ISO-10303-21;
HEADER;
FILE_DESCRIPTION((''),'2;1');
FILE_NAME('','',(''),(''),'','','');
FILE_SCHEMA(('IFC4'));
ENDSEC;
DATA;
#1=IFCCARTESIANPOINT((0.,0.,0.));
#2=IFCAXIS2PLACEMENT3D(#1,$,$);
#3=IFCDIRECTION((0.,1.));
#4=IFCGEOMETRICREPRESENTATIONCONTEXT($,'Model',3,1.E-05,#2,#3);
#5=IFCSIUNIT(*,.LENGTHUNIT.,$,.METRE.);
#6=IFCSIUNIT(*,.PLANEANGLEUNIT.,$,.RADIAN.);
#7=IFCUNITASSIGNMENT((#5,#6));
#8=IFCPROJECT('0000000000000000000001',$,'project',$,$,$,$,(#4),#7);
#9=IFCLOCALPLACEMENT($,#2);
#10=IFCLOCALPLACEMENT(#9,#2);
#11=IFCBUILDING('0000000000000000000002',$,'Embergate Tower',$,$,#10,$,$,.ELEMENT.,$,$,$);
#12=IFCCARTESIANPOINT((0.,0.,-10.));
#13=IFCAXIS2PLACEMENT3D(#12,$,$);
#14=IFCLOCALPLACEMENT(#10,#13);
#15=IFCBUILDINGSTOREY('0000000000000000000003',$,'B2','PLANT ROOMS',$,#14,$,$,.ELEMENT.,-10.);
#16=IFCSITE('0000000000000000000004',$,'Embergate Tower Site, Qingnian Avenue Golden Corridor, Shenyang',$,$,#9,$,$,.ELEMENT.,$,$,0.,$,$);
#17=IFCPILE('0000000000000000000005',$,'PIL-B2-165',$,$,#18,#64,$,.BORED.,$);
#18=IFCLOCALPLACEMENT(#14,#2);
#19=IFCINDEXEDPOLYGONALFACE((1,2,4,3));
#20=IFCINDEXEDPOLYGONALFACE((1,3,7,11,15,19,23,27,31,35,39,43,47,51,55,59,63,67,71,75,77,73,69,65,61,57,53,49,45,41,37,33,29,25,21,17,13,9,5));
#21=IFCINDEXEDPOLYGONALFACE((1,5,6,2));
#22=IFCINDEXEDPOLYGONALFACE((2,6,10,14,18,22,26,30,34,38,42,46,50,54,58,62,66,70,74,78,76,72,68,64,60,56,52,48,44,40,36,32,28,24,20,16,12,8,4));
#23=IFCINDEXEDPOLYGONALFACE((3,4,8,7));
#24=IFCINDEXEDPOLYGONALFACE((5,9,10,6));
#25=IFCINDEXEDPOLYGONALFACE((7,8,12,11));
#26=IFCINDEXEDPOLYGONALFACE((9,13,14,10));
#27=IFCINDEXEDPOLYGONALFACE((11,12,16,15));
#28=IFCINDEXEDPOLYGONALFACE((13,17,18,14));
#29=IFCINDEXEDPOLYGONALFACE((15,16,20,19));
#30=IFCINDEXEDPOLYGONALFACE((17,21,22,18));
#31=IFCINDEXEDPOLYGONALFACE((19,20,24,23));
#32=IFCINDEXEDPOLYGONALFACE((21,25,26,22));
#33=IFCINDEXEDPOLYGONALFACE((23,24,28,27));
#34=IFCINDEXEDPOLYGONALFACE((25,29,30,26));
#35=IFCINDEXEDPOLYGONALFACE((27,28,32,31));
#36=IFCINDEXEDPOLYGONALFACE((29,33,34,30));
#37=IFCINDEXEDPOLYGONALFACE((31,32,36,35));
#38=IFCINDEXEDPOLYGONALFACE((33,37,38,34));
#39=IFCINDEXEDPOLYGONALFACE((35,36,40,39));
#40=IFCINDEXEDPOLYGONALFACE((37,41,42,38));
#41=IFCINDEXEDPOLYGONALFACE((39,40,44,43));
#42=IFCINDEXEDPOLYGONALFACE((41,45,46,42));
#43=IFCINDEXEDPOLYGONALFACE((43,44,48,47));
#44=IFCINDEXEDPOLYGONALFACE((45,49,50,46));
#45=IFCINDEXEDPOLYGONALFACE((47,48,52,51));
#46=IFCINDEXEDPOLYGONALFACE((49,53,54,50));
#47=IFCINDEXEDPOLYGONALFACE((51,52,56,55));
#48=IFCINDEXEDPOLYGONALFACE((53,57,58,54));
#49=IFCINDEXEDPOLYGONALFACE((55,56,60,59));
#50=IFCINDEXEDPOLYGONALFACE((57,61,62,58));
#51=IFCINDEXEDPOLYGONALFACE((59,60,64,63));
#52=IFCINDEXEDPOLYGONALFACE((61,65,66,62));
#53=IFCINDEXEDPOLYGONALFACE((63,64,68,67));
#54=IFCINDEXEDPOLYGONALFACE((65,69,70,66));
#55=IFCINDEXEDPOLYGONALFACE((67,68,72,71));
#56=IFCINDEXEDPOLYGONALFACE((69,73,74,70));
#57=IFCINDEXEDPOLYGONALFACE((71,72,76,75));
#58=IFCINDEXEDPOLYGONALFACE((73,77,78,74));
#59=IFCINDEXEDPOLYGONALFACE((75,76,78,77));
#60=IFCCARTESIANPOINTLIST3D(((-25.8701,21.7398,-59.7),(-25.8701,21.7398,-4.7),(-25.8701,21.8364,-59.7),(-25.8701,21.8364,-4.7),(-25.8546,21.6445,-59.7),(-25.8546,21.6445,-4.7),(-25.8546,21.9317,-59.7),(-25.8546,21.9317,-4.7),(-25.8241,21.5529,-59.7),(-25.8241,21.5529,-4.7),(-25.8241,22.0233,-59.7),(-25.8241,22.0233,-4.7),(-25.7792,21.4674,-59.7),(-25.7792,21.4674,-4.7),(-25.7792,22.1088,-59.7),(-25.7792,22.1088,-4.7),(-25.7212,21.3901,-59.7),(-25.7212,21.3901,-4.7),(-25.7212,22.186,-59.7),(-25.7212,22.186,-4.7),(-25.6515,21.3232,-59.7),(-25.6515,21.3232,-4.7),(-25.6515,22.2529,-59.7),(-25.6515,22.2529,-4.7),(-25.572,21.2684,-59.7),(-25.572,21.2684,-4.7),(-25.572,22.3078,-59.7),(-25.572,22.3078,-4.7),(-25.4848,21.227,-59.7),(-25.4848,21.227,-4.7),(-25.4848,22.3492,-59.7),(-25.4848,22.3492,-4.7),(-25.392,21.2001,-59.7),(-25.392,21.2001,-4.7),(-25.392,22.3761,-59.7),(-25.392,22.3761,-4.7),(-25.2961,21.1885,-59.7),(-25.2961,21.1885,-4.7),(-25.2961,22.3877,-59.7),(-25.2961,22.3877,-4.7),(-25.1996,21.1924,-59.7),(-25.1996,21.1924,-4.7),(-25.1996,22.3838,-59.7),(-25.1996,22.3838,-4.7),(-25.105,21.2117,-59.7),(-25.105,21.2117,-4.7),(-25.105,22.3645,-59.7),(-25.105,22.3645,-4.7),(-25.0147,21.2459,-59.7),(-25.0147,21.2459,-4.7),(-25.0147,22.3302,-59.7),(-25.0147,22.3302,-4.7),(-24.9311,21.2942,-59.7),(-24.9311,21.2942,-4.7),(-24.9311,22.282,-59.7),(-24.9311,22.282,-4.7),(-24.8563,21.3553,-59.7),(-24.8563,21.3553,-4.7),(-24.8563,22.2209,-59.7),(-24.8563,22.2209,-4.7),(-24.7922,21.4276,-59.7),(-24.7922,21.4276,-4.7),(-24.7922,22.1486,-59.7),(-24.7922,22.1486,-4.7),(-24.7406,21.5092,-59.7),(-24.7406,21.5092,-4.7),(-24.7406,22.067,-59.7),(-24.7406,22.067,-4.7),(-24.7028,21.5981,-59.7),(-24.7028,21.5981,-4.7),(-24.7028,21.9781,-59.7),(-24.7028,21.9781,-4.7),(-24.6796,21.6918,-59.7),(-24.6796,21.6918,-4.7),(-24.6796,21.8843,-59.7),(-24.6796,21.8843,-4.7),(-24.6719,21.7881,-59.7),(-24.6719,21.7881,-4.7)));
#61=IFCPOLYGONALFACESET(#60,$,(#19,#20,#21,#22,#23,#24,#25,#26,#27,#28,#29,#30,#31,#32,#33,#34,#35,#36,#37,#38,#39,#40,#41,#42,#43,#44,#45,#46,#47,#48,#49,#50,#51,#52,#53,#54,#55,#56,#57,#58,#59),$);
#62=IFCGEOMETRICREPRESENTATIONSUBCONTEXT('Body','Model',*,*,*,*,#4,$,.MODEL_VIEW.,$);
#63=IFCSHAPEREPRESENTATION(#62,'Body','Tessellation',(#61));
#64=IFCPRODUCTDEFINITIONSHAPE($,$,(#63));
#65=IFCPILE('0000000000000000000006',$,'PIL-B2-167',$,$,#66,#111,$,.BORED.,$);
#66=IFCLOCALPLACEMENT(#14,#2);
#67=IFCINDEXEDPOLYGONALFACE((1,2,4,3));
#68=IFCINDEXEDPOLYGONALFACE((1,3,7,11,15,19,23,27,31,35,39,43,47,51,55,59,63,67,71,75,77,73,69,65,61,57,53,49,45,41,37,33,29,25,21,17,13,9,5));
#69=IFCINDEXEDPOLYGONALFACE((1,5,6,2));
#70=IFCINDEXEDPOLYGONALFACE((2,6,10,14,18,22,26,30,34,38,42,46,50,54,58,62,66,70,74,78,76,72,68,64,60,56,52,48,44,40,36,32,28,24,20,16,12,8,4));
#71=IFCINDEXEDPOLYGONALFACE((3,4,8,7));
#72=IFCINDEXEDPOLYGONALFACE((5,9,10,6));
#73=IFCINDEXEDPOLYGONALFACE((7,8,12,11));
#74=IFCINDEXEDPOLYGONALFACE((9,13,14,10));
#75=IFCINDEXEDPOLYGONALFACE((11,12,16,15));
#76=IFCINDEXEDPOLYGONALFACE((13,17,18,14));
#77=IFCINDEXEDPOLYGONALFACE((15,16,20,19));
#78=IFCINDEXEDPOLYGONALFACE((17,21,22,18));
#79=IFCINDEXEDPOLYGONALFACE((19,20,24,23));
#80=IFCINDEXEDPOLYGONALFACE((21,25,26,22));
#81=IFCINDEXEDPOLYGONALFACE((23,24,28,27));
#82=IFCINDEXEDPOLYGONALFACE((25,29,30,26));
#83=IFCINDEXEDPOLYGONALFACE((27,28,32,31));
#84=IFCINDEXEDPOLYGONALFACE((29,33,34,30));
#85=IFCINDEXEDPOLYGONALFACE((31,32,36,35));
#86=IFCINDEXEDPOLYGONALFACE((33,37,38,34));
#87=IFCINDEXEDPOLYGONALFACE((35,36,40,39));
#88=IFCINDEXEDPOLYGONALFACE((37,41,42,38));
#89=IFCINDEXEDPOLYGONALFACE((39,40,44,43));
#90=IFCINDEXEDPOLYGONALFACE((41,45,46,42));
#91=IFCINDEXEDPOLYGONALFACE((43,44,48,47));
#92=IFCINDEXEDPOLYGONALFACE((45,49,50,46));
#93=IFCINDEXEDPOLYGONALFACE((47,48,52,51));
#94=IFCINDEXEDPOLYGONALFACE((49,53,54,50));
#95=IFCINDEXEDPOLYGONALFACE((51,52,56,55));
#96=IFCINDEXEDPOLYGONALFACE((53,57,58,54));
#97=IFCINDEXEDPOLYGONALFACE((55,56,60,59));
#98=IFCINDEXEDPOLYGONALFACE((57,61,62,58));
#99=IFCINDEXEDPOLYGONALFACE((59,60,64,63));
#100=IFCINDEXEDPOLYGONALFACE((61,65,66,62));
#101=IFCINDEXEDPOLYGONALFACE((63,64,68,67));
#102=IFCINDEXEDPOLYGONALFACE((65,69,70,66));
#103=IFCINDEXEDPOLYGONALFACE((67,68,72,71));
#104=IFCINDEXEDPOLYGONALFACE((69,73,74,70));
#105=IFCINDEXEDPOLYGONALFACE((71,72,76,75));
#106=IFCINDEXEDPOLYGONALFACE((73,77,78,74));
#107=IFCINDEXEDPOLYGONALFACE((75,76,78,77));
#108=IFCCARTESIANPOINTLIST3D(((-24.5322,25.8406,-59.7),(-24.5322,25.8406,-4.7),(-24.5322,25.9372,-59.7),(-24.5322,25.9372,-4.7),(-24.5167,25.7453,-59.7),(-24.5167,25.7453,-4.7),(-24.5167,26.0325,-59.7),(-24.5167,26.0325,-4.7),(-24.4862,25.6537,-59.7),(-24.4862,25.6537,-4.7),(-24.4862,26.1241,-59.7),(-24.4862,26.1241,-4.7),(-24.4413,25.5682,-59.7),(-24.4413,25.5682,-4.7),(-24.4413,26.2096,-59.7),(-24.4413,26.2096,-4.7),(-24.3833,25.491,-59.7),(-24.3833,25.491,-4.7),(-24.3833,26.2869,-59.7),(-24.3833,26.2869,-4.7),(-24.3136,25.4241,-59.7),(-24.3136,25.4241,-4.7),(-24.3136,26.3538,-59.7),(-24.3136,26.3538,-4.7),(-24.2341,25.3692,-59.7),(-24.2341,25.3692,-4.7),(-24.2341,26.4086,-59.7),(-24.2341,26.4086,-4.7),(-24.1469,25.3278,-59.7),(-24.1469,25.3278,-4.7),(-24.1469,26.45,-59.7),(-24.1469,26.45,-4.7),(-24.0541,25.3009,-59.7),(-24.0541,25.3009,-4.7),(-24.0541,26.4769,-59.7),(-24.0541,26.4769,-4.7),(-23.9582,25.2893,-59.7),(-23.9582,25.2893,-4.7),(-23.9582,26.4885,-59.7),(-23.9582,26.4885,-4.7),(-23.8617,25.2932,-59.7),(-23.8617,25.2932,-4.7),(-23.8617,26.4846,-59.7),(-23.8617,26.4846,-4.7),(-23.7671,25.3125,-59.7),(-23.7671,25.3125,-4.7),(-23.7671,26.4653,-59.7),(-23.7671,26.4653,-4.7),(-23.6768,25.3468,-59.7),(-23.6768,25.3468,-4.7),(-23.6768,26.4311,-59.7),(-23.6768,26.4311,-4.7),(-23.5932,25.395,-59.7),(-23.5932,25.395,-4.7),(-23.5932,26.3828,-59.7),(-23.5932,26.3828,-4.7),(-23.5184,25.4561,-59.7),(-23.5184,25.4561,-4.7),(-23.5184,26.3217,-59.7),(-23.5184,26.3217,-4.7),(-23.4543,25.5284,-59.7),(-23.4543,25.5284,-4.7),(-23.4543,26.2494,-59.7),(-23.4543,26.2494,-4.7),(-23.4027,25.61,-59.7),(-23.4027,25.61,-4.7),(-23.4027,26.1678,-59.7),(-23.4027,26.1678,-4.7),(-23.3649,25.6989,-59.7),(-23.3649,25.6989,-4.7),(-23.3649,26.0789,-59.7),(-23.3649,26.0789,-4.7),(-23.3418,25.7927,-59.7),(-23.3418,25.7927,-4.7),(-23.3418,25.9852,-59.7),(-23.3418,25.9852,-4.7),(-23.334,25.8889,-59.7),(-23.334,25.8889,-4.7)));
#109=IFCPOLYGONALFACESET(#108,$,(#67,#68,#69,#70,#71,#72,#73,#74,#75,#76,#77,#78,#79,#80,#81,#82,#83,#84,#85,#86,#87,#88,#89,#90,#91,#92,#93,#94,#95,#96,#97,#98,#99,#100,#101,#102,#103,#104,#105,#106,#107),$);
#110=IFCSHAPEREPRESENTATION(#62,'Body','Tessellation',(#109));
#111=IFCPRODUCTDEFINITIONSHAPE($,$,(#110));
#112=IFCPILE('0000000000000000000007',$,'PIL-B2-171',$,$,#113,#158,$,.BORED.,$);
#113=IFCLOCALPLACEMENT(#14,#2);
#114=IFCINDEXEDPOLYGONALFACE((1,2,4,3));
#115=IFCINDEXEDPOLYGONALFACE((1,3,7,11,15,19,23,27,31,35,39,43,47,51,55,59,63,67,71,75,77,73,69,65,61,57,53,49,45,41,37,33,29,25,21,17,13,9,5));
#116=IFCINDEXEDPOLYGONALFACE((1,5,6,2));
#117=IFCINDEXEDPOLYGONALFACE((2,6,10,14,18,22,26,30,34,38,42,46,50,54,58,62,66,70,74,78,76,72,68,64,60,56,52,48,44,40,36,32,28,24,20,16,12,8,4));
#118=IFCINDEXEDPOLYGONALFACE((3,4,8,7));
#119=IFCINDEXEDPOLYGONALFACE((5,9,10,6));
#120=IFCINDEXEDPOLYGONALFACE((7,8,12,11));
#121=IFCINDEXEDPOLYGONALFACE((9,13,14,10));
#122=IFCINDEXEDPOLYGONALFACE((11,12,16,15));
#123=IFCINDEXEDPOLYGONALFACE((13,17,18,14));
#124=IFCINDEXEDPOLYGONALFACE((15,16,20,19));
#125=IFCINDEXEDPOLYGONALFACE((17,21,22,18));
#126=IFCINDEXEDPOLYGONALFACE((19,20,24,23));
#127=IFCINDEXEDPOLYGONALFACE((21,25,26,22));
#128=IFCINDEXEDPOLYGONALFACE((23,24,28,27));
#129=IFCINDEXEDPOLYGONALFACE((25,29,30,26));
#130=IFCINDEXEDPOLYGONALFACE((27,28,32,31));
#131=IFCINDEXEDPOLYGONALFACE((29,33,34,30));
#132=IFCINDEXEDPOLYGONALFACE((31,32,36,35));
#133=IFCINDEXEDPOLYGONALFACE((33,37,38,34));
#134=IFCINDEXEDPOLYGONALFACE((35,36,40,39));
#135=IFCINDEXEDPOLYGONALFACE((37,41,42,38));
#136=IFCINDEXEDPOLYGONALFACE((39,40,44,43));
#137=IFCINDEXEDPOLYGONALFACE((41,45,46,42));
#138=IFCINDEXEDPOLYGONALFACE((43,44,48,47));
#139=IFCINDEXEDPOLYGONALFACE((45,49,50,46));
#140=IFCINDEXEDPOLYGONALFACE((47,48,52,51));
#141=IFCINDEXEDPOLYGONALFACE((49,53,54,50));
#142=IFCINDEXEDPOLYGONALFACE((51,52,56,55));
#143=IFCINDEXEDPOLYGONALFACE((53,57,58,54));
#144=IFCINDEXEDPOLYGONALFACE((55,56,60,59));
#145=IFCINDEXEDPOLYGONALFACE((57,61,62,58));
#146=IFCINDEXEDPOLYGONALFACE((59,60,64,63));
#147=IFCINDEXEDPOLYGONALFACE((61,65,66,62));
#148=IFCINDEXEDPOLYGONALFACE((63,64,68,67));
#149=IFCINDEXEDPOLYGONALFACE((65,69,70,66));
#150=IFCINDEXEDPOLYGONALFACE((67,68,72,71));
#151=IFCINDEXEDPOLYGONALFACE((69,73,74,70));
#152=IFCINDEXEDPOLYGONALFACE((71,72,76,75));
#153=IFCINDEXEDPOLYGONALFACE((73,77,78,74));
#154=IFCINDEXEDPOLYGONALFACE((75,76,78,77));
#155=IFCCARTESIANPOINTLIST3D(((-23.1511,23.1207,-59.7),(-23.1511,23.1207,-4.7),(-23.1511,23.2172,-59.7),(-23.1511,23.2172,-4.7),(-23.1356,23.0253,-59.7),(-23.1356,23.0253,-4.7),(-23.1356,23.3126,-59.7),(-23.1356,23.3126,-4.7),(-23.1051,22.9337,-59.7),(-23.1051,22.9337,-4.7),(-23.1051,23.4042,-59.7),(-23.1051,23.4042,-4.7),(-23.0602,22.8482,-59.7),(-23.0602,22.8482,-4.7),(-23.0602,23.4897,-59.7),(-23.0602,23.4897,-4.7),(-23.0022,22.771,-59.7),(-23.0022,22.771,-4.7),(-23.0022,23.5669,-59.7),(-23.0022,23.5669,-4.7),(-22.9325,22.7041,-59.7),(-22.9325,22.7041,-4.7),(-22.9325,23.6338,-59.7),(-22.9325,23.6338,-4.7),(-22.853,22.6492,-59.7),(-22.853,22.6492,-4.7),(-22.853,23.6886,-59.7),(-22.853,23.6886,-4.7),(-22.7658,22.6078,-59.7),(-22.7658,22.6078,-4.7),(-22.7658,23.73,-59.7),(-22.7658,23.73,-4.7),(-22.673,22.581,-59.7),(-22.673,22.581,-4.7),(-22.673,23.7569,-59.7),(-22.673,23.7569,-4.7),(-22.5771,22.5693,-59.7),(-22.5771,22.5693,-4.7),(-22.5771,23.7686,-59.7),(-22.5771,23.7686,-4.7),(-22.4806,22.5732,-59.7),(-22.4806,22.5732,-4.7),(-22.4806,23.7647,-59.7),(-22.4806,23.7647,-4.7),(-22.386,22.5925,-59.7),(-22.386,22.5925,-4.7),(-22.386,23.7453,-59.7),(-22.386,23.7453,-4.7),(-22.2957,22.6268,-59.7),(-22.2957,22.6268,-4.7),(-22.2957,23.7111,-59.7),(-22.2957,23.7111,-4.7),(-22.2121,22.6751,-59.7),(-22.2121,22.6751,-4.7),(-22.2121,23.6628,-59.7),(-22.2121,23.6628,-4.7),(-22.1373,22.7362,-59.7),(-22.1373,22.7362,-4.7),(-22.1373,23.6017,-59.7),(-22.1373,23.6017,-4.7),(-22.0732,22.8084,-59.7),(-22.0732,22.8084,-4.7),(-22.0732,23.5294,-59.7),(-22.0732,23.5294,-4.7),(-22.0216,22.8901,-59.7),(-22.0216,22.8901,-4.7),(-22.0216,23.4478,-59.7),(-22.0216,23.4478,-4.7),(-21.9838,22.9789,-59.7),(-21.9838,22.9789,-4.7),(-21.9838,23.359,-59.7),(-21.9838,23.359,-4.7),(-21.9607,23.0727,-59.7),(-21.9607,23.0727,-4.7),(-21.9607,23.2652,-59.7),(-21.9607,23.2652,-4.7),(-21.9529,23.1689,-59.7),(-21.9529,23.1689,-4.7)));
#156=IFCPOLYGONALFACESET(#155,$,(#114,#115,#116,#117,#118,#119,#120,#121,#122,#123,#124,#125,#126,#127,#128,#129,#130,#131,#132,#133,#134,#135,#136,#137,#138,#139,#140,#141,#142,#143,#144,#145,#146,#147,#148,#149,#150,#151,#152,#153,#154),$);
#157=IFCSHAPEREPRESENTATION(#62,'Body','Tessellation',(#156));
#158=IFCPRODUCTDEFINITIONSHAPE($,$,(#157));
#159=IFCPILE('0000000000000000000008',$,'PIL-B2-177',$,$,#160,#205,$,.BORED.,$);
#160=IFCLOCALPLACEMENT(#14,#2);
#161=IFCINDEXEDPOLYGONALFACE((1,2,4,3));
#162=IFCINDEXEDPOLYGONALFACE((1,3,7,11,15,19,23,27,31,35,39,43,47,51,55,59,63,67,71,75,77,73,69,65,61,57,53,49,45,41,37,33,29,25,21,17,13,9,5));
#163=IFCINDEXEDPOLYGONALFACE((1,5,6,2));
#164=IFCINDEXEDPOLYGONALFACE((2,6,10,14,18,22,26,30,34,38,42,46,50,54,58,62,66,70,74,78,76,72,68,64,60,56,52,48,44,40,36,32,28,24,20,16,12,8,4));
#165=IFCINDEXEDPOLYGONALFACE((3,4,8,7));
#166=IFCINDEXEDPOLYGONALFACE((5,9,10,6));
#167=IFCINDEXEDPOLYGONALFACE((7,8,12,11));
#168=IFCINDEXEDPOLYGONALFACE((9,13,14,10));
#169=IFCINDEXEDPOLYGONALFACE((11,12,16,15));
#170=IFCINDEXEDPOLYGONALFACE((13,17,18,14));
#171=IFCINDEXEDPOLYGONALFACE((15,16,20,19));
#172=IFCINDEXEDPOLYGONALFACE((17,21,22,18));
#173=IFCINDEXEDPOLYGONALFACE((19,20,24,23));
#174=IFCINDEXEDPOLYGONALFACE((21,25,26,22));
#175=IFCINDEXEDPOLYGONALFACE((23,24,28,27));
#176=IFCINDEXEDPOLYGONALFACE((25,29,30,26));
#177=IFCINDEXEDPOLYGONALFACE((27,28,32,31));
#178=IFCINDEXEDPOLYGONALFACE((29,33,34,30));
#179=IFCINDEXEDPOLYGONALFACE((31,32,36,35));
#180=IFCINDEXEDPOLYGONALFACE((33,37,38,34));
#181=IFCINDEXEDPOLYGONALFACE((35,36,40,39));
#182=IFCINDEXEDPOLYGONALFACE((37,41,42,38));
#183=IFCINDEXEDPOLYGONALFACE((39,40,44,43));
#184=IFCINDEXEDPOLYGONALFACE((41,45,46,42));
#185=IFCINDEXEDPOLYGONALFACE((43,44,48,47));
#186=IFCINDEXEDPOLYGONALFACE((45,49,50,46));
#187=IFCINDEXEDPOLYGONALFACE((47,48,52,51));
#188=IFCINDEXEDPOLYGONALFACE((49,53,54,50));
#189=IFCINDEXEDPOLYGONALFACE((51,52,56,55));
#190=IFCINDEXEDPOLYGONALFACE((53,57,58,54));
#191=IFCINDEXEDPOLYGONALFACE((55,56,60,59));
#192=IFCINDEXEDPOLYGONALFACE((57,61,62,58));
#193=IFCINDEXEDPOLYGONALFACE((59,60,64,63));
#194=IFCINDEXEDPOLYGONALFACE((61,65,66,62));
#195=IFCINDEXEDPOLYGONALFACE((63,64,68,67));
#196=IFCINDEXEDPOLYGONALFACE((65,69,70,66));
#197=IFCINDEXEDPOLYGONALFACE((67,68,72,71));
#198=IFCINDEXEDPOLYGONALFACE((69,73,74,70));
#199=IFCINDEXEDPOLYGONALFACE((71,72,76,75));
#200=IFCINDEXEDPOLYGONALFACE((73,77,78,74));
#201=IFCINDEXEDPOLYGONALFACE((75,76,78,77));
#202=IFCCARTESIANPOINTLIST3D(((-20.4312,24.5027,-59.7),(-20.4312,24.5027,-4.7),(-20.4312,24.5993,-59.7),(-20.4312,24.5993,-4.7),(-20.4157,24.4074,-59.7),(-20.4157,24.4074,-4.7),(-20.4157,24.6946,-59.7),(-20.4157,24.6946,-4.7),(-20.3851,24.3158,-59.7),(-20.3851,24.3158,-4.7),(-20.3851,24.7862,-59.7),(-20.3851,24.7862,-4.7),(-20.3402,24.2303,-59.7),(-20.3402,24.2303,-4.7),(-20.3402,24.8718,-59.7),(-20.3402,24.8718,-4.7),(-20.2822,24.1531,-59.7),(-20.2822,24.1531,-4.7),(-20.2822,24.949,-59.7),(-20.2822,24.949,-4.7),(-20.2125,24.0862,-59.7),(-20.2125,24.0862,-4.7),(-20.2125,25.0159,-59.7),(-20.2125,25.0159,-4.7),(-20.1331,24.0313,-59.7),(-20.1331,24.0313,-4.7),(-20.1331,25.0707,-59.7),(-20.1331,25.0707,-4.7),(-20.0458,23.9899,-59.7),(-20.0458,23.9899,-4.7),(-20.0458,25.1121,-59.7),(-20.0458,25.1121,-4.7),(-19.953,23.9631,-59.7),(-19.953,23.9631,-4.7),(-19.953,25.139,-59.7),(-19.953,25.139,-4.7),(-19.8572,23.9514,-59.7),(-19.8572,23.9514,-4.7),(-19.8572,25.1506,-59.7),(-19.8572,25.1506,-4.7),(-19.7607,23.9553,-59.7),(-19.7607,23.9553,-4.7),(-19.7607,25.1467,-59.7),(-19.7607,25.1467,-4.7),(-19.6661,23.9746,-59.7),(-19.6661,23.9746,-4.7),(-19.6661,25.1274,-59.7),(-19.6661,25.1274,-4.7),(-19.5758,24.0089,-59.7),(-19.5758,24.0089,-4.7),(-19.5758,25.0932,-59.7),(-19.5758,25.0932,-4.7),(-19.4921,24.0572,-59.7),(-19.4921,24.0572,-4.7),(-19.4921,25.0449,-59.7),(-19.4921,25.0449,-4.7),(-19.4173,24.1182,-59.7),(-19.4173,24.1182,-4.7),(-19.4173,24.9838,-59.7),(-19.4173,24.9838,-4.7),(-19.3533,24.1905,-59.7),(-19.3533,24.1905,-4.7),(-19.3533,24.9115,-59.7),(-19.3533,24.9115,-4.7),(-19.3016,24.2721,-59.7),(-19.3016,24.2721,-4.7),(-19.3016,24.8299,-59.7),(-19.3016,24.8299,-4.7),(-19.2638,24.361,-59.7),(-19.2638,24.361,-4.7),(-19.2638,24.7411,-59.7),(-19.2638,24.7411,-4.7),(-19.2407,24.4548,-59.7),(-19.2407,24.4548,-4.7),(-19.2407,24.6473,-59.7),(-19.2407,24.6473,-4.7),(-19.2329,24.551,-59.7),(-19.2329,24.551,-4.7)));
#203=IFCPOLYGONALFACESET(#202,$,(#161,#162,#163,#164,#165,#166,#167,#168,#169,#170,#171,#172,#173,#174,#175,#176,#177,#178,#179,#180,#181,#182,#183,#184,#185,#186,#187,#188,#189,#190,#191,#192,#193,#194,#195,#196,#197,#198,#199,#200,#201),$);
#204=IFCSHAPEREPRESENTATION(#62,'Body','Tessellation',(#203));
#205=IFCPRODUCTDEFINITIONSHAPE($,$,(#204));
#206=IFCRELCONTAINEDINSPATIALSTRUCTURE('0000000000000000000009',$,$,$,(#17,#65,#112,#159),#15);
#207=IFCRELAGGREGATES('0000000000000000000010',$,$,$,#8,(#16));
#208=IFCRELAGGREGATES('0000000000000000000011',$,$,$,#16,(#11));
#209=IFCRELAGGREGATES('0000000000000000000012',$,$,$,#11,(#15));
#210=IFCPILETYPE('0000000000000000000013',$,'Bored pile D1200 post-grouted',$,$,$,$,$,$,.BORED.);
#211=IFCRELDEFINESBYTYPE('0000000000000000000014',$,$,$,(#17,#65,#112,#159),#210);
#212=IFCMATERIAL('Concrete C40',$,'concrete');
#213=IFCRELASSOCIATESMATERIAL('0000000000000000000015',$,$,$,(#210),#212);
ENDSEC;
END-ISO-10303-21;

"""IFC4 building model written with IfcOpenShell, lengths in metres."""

from ifc_helpers import new_model, si_unit, direction, frame, origin, origin_2d, place, context, subcontext, project, spatial, circle, extrude, source, transform, mapped, material, material_profile, profile_set, type_object, element, save


model = new_model("IFC4")

# Units and contexts
model_context = context("Model", 3, precision=1e-05, world=origin(), true_north=direction((0.0, 1.0)))
body_context = subcontext(model_context, "Body", "Model", "MODEL_VIEW")
ifc_project = project(units=[si_unit("LENGTHUNIT", "METRE"), si_unit("PLANEANGLEUNIT", "RADIAN")], contexts=[model_context])

# Site, building, storey
site_placement = place(None, origin())
site = spatial("IfcSite", under=ifc_project, at=site_placement, Name="Embergate Tower Site, Qingnian Avenue Golden Corridor, Shenyang", CompositionType="ELEMENT", RefElevation=0.0)
building_placement = place(site_placement, origin())
building = spatial("IfcBuilding", under=site, at=building_placement, Name="Embergate Tower", CompositionType="ELEMENT")
storey_placement = place(building_placement, frame((0.0, 0.0, -10.0)))
storey = spatial("IfcBuildingStorey", under=building, at=storey_placement, Name="B2", Description="PLANT ROOMS", CompositionType="ELEMENT", Elevation=-10.0)

# Piles
ifc_material_1 = material(Name="Concrete C40", Category="concrete")
ifc_material_profile = material_profile(ifc_material_1, circle(Radius=0.6001, at=origin_2d()), Name="D1200")
ifc_profile_set = profile_set([ifc_material_profile], Name="Concrete C40")
pile_type = type_object("IfcPileType", Name="Bored pile D1200 post-grouted", PredefinedType="BORED", material=ifc_profile_set)
shared_shape_1 = source(origin(), body_context, "Body", "SweptSolid", [
    extrude(circle(Radius=0.6001, at=origin_2d()), origin(), (0.0, 0.0, 1.0), 55.0),
])
for number, where, z_axis, x_axis, name in (
    (1, (-25.272, 21.7881, -4.7), (0.0, 0.0, -1.0), (1.0, 0.0, 0.0), "PIL-B2-165"),
    (2, (-23.9341, 25.8889, -4.7), (0.0, 0.0, -1.0), (1.0, 0.0, 0.0), "PIL-B2-167"),
    (3, (-22.553, 23.1689, -4.7), (0.0, 0.0, -1.0), (1.0, 0.0, 0.0), "PIL-B2-171"),
    (4, (-19.833, 24.551, -4.7), (0.0, 0.0, -1.0), (1.0, 0.0, 0.0), "PIL-B2-177"),
):
    element("IfcPile", number, at=place(storey_placement, frame(where, z_axis=z_axis, x_axis=x_axis)), inside=storey, type_object=pile_type, Name=name, PredefinedType="BORED", context=body_context, shape_type="MappedRepresentation", body=[
        mapped(shared_shape_1, transform((0.0, 0.0, 0.0))),
    ])

save(model, "model.ifc")
